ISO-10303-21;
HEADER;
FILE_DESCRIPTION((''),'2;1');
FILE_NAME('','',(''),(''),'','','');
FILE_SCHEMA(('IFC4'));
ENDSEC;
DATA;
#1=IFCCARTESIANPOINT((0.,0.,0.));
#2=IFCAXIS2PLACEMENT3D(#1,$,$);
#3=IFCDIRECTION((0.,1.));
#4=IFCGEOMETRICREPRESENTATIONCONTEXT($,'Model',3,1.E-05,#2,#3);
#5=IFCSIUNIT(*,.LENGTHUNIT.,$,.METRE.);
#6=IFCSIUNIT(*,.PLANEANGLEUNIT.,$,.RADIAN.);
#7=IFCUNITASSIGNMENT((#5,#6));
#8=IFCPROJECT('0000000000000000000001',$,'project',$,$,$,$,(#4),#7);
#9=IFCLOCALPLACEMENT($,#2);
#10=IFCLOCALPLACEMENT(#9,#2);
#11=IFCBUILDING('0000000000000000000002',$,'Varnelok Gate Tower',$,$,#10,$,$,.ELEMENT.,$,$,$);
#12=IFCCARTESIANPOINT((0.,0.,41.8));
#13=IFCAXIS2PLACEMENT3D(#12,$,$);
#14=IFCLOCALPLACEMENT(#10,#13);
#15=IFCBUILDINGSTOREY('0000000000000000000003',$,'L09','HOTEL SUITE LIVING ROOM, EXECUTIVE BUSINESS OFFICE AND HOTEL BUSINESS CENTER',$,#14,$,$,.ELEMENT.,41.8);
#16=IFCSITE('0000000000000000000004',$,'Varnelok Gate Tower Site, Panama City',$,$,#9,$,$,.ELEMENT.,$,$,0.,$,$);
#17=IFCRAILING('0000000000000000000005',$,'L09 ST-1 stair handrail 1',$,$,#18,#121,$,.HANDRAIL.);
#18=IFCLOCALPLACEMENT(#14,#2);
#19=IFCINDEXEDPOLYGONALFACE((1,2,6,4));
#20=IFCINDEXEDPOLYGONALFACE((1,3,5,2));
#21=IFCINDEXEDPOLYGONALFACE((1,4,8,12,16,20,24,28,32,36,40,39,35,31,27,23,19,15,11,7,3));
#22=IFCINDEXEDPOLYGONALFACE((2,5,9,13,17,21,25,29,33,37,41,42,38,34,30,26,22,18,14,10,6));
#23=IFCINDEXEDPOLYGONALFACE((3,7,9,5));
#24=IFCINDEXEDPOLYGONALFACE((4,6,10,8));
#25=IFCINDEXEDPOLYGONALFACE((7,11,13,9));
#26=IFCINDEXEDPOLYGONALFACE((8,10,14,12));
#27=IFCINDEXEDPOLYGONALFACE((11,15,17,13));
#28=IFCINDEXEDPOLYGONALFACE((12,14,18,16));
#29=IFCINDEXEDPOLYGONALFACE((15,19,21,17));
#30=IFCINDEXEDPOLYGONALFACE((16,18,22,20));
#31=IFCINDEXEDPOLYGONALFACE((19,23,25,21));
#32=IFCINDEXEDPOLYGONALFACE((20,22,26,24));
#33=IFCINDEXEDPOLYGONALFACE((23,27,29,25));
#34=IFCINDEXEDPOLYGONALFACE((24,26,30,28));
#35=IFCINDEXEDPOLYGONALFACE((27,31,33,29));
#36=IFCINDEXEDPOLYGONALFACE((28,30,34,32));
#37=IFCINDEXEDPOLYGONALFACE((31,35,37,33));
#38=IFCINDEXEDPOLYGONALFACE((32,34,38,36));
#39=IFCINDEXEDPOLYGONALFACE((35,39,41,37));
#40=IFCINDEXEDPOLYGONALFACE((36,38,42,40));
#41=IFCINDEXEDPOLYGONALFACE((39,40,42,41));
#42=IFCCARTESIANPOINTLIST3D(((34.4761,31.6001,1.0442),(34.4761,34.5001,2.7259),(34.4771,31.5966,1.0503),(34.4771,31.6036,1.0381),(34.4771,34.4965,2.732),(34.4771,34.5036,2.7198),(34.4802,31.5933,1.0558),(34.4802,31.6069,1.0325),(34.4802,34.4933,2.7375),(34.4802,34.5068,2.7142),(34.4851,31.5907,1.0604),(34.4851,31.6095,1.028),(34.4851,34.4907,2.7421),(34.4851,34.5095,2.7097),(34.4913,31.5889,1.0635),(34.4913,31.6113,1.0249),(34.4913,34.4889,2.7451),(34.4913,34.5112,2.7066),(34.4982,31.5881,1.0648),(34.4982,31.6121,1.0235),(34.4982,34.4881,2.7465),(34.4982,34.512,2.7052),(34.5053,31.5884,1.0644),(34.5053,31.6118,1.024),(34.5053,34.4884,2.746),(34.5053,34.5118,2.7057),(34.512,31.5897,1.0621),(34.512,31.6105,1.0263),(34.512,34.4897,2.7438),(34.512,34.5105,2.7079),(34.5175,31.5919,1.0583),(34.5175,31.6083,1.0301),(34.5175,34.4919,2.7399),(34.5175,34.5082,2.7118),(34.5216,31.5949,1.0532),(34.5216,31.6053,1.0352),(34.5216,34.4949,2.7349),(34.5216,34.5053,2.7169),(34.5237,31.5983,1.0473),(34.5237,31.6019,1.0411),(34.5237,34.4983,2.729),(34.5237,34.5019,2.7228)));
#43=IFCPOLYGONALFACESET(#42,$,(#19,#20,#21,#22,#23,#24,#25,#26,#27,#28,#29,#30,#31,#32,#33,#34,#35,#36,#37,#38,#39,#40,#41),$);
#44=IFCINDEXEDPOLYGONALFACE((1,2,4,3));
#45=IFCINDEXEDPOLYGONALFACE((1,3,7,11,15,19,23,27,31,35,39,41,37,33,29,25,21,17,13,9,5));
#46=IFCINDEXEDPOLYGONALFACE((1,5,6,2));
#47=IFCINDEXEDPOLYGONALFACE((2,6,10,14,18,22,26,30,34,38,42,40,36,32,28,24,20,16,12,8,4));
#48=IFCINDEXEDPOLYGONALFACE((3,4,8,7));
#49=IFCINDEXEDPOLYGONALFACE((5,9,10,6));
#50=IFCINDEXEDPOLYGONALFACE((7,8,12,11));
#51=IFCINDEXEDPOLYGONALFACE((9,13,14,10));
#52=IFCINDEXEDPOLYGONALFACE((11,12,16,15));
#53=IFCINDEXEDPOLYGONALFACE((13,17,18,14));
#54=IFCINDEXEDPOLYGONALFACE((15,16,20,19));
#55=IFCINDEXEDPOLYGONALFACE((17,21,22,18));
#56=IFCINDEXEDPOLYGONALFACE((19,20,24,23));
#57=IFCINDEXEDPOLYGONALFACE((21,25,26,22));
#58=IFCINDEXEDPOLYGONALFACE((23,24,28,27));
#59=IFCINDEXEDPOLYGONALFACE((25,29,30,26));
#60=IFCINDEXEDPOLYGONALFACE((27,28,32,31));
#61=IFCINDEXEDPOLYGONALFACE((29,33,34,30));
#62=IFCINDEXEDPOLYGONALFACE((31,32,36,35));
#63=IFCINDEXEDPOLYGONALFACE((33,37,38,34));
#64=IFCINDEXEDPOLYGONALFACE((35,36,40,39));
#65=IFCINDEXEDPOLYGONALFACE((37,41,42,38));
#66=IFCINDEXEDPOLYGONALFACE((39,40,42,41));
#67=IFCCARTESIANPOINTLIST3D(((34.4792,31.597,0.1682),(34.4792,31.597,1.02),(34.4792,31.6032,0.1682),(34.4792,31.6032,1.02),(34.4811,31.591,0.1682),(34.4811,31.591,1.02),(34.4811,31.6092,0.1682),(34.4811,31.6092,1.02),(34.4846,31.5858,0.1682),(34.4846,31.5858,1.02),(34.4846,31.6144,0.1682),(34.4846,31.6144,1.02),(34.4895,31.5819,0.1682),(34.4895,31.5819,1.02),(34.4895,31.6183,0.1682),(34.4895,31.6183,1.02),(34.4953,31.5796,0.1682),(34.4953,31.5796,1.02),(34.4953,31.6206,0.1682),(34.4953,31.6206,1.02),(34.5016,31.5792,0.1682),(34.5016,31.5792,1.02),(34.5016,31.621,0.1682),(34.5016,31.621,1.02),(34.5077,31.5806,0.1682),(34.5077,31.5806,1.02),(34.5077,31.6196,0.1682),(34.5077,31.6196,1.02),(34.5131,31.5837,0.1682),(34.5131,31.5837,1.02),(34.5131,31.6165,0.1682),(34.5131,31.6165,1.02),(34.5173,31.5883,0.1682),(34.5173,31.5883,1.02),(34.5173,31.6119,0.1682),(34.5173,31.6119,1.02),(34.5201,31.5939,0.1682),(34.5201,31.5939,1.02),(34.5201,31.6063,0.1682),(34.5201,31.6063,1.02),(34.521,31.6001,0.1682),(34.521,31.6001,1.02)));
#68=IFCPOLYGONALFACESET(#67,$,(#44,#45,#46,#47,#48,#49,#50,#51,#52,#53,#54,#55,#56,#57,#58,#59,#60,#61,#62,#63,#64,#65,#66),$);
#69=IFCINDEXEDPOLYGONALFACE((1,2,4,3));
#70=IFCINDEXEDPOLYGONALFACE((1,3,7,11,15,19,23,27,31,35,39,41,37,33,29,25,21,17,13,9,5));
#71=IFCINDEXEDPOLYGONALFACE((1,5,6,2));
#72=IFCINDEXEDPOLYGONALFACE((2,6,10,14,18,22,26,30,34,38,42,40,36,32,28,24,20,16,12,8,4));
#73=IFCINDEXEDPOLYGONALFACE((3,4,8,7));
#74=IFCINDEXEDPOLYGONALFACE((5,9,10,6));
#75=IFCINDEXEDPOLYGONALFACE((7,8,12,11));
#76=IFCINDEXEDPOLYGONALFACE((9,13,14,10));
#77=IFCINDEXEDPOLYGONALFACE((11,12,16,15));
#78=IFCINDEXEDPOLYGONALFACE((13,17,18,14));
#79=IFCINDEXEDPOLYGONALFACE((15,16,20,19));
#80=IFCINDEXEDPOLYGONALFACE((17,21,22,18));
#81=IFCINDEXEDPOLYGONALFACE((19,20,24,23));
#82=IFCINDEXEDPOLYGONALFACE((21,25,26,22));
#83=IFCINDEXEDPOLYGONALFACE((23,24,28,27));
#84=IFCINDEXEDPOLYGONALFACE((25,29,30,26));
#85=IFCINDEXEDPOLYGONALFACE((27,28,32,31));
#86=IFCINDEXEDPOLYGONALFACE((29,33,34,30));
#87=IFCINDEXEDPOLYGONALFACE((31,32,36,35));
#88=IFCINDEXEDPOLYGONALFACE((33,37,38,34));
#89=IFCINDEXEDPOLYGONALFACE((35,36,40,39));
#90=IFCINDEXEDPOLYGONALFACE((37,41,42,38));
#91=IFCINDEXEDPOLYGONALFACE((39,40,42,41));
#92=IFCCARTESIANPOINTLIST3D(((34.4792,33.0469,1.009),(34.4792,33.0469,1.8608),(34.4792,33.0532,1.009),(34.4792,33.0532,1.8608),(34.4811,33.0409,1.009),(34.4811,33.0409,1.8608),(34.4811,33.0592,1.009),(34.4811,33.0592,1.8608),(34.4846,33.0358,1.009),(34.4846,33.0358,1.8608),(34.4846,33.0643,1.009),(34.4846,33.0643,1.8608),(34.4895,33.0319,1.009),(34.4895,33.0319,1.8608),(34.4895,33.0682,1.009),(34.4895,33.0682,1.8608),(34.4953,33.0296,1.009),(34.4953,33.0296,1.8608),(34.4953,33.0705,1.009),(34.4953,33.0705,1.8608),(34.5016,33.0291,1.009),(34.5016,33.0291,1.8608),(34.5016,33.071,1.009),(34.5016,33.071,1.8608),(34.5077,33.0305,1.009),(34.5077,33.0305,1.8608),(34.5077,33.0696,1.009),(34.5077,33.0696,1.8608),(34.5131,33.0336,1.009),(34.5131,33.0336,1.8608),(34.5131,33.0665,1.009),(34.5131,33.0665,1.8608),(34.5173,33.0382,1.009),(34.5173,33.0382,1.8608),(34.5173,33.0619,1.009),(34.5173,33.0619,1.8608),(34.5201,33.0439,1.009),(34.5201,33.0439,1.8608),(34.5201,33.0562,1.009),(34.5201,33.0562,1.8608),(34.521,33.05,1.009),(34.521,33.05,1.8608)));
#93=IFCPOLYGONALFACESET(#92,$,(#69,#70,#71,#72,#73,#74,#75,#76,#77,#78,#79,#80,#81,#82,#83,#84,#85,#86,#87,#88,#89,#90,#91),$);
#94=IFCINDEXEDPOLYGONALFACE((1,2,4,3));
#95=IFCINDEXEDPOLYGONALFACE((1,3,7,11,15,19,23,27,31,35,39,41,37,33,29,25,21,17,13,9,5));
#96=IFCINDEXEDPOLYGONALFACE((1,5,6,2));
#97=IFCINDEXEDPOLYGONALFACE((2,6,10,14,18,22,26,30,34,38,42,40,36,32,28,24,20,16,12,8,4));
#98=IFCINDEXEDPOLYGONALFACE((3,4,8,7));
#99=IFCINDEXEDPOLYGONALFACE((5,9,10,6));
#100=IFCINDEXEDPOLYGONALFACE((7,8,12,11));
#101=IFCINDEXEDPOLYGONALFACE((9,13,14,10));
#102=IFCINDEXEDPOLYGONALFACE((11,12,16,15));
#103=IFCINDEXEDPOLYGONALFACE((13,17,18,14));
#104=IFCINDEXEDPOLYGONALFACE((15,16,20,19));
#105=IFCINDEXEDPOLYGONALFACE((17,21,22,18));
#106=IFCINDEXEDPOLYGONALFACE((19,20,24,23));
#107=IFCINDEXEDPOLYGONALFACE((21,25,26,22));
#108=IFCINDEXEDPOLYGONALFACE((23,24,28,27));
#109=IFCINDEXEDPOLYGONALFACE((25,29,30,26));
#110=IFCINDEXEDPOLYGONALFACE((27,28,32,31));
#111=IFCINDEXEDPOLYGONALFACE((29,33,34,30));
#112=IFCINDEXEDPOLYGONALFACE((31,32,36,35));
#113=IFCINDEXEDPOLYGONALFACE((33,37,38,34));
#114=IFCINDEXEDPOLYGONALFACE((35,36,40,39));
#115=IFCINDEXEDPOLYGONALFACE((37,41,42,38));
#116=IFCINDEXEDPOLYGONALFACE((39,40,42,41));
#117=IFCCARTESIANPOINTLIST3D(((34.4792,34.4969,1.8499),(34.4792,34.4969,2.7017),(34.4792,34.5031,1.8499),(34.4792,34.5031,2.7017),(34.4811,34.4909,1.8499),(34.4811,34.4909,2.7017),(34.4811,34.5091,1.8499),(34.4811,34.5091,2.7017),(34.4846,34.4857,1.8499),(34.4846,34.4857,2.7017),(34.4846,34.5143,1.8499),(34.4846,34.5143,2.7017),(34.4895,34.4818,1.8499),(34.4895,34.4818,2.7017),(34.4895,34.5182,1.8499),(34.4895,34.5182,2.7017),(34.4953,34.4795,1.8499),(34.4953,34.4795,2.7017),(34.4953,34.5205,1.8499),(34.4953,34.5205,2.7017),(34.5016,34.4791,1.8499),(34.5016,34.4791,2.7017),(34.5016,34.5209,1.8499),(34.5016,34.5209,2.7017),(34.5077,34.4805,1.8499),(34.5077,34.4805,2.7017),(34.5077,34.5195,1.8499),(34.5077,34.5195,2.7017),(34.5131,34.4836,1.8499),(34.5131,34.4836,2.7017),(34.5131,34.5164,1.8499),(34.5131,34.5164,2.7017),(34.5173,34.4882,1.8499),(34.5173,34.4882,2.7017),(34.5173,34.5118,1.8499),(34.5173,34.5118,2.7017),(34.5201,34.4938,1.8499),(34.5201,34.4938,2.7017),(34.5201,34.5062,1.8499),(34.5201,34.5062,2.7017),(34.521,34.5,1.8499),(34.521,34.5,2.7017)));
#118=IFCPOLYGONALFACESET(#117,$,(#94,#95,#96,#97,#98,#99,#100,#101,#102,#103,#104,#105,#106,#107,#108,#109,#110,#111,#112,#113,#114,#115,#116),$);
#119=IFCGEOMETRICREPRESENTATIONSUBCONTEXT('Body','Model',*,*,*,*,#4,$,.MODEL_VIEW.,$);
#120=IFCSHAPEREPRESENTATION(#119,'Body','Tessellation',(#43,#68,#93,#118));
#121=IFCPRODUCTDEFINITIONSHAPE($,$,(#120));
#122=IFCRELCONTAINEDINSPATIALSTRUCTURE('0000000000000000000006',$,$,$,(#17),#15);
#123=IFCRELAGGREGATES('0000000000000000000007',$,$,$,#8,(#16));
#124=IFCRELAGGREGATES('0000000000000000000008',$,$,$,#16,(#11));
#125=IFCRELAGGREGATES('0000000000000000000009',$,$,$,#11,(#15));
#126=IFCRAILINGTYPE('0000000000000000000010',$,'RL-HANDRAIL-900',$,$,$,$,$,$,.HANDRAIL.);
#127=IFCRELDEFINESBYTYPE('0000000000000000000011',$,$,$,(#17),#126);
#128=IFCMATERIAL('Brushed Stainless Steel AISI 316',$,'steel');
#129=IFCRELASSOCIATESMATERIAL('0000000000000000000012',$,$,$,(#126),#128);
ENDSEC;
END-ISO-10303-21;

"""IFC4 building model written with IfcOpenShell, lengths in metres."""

from ifc_helpers import new_model, si_unit, direction, frame, origin, origin_2d, place, context, subcontext, project, spatial, circle, extrude, material, type_object, element, save


model = new_model("IFC4")

# Units and contexts
model_context = context("Model", 3, precision=1e-05, world=origin(), true_north=direction((0.0, 1.0)))
body_context = subcontext(model_context, "Body", "Model", "MODEL_VIEW")
ifc_project = project(units=[si_unit("LENGTHUNIT", "METRE"), si_unit("PLANEANGLEUNIT", "RADIAN")], contexts=[model_context])

# Site, building, storey
site_placement = place(None, origin())
site = spatial("IfcSite", under=ifc_project, at=site_placement, Name="Varnelok Gate Tower Site, Panama City", CompositionType="ELEMENT", RefElevation=0.0)
building_placement = place(site_placement, origin())
building = spatial("IfcBuilding", under=site, at=building_placement, Name="Varnelok Gate Tower", CompositionType="ELEMENT")
storey_placement = place(building_placement, frame((0.0, 0.0, 41.8)))
storey = spatial("IfcBuildingStorey", under=building, at=storey_placement, Name="L09", Description="HOTEL SUITE LIVING ROOM, EXECUTIVE BUSINESS OFFICE AND HOTEL BUSINESS CENTER", CompositionType="ELEMENT", Elevation=41.8)

# Railing
ifc_material_1 = material(Name="Brushed Stainless Steel AISI 316", Category="steel")
railing_type_1 = type_object("IfcRailingType", Name="RL-HANDRAIL-900", PredefinedType="HANDRAIL", material=ifc_material_1)
railing_1_placement = place(storey_placement, frame((34.5, 31.6001, 0.1682)))
element("IfcRailing", 1, at=railing_1_placement, inside=storey, type_object=railing_type_1, Name="L09 ST-1 stair handrail 1", PredefinedType="HANDRAIL", context=body_context, shape_type="SweptSolid", body=[
    extrude(circle(Radius=0.0239, at=origin_2d()), frame((0.0, 0.0, 0.876), z_axis=(0.0, 0.86507, 0.501651), x_axis=(-1.0, 0.0, 0.0)), (0.0, 0.0, 1.0), 3.3523),
    extrude(circle(Radius=0.021, at=origin_2d()), origin(), (0.0, 0.0, 1.0), 0.8518),
    extrude(circle(Radius=0.021, at=origin_2d()), frame((0.0, 1.45, 0.8408)), (0.0, 0.0, 1.0), 0.8518),
    extrude(circle(Radius=0.021, at=origin_2d()), frame((0.0, 2.8999, 1.6816)), (0.0, 0.0, 1.0), 0.8518),
])

save(model, "model.ifc")
